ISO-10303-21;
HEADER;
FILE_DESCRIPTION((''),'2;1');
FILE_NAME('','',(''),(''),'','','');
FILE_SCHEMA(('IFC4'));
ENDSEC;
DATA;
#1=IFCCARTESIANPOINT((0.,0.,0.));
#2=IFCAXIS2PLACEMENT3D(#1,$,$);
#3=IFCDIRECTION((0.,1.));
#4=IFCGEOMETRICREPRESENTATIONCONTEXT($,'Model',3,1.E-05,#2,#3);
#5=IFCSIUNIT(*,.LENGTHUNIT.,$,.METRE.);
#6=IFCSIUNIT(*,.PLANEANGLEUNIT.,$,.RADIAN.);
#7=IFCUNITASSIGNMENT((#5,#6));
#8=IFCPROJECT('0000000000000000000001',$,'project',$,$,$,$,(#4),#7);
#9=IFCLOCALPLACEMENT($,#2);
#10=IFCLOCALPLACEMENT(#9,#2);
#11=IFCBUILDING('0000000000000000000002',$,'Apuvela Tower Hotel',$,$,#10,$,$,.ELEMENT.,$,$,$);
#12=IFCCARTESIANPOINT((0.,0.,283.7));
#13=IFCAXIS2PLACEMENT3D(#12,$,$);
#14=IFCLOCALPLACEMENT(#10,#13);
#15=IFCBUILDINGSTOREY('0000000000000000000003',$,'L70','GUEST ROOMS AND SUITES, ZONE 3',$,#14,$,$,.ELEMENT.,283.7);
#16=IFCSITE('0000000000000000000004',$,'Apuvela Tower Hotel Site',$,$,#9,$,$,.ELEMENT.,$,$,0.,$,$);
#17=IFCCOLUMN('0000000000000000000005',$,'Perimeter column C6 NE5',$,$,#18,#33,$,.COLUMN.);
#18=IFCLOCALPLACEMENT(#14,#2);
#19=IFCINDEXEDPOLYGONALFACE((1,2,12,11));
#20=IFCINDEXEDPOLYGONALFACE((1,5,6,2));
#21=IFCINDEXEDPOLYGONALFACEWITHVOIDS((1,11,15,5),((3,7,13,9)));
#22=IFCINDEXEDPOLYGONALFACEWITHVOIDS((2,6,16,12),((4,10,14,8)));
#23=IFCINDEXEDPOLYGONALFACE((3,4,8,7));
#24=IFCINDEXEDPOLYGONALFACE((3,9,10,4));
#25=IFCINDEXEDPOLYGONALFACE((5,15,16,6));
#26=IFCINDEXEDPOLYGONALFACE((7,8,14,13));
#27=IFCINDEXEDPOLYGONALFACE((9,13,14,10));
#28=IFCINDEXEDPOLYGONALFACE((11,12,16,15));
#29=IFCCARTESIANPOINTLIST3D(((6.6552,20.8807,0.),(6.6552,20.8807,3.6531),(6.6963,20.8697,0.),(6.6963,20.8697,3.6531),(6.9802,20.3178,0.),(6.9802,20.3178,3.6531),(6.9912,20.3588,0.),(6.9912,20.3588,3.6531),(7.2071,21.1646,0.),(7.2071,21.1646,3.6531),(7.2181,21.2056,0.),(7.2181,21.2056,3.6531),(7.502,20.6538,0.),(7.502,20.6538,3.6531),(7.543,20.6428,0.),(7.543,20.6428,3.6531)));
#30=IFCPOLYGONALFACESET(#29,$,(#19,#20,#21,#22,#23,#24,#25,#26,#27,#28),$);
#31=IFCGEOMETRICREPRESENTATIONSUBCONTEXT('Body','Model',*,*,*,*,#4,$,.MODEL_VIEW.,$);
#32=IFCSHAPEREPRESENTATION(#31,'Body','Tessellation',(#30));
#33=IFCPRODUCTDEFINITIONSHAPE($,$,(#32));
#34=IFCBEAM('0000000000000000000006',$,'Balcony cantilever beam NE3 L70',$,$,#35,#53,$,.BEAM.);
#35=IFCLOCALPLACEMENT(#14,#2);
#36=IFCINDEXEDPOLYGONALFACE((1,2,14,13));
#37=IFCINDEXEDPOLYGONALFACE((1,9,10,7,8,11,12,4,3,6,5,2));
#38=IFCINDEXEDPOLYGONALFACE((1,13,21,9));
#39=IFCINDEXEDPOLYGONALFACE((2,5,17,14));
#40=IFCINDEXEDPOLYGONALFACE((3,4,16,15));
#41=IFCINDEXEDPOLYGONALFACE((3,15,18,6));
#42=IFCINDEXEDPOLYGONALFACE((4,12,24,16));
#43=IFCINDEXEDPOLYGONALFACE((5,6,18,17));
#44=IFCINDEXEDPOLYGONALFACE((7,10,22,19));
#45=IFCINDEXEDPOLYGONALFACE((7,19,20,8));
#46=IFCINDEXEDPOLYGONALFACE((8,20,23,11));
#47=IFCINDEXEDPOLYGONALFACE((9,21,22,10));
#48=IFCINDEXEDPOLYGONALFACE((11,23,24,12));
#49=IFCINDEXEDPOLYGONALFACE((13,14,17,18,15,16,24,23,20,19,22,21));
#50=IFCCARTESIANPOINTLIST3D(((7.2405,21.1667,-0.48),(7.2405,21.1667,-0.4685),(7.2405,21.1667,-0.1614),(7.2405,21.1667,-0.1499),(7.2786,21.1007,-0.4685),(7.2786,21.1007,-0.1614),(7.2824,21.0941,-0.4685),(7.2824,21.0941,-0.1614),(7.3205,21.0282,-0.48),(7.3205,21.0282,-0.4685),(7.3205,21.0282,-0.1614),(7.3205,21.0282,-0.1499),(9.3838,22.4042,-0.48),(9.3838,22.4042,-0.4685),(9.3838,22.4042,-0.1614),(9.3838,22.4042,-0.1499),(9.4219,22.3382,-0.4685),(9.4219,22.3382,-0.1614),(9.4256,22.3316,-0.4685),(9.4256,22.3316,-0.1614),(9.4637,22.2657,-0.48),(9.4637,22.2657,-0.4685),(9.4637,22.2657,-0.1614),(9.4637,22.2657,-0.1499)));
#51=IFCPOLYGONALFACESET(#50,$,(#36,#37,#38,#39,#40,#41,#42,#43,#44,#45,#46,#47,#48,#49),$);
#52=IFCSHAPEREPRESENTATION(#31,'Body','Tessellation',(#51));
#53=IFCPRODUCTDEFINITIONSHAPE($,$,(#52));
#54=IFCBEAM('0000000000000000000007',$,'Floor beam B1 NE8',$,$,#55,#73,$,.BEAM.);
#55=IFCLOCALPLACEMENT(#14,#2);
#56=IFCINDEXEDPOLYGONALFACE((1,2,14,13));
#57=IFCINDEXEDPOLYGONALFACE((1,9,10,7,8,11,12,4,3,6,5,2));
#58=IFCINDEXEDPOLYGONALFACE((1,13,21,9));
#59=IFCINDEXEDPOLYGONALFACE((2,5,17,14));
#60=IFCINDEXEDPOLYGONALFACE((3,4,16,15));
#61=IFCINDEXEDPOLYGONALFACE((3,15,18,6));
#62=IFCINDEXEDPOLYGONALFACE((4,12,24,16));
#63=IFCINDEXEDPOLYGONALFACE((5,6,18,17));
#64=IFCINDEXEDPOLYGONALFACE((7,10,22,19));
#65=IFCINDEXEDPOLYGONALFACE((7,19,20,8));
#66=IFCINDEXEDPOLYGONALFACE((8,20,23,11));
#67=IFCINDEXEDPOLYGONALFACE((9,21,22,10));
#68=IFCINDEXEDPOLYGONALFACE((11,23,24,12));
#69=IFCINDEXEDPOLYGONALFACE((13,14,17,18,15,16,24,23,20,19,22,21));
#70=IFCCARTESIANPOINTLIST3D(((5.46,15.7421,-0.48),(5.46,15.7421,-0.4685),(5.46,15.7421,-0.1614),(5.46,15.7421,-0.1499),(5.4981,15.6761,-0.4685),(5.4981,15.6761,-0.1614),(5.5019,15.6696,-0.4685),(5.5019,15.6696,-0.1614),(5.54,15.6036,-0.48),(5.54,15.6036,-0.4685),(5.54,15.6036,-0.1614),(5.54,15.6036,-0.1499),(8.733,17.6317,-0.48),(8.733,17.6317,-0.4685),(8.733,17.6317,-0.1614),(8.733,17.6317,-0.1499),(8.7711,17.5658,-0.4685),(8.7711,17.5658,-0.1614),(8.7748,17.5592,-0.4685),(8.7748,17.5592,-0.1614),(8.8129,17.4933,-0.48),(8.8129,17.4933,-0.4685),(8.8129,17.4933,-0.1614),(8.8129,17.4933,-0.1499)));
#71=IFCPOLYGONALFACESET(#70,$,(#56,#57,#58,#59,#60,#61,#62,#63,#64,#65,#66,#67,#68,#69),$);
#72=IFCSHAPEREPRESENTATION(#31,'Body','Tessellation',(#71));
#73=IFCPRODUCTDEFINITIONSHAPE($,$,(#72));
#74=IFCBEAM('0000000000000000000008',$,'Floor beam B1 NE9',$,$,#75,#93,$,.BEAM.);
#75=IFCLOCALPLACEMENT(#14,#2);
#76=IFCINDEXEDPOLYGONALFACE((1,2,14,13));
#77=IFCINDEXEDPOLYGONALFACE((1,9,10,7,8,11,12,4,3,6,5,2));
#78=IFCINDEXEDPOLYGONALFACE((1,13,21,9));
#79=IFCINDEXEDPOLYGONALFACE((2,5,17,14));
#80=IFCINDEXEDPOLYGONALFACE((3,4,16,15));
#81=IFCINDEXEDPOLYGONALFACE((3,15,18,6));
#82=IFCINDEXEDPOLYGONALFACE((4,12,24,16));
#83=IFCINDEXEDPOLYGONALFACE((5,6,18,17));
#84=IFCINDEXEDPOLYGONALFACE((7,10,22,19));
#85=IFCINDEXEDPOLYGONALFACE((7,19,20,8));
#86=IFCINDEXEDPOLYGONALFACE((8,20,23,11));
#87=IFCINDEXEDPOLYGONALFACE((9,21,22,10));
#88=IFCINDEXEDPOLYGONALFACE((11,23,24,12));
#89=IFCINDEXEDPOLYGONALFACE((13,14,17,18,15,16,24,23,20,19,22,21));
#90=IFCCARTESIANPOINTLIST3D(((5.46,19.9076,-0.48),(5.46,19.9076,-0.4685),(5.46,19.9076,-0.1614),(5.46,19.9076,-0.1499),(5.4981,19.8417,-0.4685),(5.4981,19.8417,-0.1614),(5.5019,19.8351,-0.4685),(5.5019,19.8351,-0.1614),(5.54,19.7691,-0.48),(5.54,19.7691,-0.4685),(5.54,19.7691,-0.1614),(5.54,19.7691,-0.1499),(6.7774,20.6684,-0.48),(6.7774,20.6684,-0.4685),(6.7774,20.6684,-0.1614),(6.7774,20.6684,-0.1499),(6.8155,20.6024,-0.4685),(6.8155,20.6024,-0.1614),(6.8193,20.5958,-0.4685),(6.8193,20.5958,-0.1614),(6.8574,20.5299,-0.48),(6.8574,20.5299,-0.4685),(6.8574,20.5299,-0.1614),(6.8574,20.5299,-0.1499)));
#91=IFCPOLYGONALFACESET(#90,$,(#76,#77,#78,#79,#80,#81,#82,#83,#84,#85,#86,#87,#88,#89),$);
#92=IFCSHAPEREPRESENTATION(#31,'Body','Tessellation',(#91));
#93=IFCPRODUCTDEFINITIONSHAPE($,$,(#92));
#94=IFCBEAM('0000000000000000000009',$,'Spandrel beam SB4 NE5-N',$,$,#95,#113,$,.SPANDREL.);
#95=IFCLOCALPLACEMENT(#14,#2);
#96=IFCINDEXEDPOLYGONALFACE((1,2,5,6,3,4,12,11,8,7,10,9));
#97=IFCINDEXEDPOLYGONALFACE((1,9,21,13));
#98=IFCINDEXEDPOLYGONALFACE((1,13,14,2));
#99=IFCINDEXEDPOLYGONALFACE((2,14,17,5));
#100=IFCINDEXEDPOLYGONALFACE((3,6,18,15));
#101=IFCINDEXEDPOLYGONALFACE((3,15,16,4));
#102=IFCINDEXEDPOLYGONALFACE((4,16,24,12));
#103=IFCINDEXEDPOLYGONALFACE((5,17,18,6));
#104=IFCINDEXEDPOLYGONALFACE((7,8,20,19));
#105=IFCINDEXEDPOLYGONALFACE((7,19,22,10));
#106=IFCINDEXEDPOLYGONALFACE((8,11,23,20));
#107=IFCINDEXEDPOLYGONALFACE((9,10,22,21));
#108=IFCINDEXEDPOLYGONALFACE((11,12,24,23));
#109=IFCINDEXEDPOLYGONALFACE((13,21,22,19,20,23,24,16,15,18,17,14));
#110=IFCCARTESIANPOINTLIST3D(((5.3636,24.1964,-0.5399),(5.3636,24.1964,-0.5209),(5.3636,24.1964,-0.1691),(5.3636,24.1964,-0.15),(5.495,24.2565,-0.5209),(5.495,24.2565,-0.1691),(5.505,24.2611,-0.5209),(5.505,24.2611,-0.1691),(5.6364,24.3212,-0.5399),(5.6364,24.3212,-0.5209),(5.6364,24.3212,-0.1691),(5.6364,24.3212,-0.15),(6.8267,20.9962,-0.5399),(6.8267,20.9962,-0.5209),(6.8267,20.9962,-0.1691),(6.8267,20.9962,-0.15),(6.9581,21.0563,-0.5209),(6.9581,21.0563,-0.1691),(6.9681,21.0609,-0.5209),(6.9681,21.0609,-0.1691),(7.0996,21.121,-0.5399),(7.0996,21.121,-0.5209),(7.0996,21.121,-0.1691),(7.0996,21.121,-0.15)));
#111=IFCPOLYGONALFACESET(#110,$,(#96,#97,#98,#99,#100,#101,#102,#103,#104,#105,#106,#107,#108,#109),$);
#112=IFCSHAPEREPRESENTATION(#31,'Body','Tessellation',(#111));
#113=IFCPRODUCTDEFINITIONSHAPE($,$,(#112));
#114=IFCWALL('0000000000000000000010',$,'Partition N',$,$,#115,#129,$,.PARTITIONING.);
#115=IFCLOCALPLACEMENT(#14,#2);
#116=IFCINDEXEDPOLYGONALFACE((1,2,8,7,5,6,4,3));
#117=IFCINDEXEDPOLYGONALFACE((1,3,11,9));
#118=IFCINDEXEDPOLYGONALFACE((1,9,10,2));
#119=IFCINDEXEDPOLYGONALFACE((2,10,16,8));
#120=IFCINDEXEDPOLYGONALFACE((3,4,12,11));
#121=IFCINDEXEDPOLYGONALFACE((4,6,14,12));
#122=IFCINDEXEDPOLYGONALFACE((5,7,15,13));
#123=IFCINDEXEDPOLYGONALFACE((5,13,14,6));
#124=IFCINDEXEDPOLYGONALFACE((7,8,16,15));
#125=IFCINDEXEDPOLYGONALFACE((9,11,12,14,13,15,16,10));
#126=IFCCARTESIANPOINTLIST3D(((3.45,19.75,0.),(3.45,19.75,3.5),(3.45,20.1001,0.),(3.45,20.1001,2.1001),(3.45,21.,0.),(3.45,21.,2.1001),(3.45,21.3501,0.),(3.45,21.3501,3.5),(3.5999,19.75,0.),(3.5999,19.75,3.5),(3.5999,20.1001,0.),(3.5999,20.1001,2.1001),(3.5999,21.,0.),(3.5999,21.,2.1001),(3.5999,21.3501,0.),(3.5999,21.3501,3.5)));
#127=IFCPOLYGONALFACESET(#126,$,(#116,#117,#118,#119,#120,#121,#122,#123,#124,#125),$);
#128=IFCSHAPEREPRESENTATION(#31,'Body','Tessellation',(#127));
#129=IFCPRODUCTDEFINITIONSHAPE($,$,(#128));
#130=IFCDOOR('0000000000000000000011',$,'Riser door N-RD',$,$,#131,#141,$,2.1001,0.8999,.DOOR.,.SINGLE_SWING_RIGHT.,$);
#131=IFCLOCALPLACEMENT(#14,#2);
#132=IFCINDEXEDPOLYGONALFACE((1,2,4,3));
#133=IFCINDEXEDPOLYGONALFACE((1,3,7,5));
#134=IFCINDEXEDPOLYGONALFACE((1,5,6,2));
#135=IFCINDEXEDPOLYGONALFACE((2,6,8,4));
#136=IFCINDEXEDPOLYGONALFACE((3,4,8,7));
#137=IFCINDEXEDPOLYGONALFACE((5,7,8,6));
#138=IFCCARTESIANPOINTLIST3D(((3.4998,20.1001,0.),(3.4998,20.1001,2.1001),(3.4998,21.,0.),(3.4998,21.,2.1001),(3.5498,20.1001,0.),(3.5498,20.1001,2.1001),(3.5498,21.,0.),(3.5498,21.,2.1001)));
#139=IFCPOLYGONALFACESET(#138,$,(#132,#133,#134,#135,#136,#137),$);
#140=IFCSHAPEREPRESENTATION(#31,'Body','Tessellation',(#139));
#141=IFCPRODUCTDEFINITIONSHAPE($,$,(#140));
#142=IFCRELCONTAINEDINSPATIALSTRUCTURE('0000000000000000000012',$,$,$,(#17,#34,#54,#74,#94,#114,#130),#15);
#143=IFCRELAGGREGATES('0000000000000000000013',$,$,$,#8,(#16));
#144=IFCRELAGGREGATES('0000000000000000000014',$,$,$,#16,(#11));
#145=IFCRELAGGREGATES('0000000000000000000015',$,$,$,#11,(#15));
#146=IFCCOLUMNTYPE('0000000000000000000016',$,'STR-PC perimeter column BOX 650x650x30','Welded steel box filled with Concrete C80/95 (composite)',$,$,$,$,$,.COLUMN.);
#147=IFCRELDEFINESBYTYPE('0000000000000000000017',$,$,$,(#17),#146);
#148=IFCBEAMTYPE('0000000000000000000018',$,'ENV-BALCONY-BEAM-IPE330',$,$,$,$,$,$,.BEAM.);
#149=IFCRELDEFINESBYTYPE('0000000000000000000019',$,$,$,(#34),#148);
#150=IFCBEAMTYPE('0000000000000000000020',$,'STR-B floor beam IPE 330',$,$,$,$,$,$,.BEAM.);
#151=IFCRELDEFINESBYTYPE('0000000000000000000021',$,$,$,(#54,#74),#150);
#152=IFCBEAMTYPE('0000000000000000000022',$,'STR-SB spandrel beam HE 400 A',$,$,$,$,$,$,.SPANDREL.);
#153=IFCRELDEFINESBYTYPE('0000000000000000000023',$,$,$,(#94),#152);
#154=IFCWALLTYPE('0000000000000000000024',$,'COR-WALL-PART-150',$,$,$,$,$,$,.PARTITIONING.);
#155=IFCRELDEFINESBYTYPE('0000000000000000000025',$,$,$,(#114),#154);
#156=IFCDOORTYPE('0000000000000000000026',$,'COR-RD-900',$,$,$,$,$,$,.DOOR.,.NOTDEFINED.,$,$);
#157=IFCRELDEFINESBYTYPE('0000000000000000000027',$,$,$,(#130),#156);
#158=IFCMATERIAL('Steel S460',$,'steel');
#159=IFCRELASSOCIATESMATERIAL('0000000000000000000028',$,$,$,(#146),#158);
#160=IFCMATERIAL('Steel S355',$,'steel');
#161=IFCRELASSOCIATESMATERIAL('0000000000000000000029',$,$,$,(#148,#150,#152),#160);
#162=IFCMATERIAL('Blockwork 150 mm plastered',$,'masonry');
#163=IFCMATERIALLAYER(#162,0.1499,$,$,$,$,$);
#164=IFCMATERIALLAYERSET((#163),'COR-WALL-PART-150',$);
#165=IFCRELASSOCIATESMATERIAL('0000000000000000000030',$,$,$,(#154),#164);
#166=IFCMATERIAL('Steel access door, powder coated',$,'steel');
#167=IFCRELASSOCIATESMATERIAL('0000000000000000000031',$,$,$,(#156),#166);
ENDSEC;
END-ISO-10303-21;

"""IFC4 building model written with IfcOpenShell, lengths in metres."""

from ifc_helpers import new_model, si_unit, direction, frame, frame_2d, origin, origin_2d, place, context, subcontext, project, spatial, rectangle, hollow_rectangle, i_section, extrude, boolean, halfspace, material, layer, layer_set, material_profile, profile_set, type_object, element, fill, save


model = new_model("IFC4")

# Units and contexts
model_context = context("Model", 3, precision=1e-05, world=origin(), true_north=direction((0.0, 1.0)))
body_context = subcontext(model_context, "Body", "Model", "MODEL_VIEW")
ifc_project = project(units=[si_unit("LENGTHUNIT", "METRE"), si_unit("PLANEANGLEUNIT", "RADIAN")], contexts=[model_context])

# Site, building, storey
site_placement = place(None, origin())
site = spatial("IfcSite", under=ifc_project, at=site_placement, Name="Apuvela Tower Hotel Site", CompositionType="ELEMENT", RefElevation=0.0)
building_placement = place(site_placement, origin())
building = spatial("IfcBuilding", under=site, at=building_placement, Name="Apuvela Tower Hotel", CompositionType="ELEMENT")
storey_placement = place(building_placement, frame((0.0, 0.0, 283.7)))
storey = spatial("IfcBuildingStorey", under=building, at=storey_placement, Name="L70", Description="GUEST ROOMS AND SUITES, ZONE 3", CompositionType="ELEMENT", Elevation=283.7)

# Column
ifc_material_1 = material(Name="Steel S460", Category="steel")
ifc_material_profile_1 = material_profile(ifc_material_1, hollow_rectangle(XDim=0.6499, YDim=0.6499, WallThickness=0.03, at=origin_2d()), Name="BOX 650x650x30")
ifc_material_2 = material(Name="Concrete C80/95", Category="concrete")
ifc_material_profile_2 = material_profile(ifc_material_2, rectangle(XDim=0.5901, YDim=0.5901, at=origin_2d()), Name="Concrete C80/95 infill")
ifc_profile_set_1 = profile_set([ifc_material_profile_1, ifc_material_profile_2], Name="Steel S460")
column_type = type_object("IfcColumnType", Name="STR-PC perimeter column BOX 650x650x30", Description="Welded steel box filled with Concrete C80/95 (composite)", PredefinedType="COLUMN", material=ifc_profile_set_1)
column_placement = place(storey_placement, frame((7.0991, 20.7617, 0.0), z_axis=(0.0, 0.0, 1.0), x_axis=(-0.5, 0.866025, 0.0)))
element("IfcColumn", 1, at=column_placement, inside=storey, type_object=column_type, Name="Perimeter column C6 NE5", PredefinedType="COLUMN", context=body_context, shape_type="SweptSolid", body=[
    boolean("DIFFERENCE", extrude(hollow_rectangle(XDim=0.6499, YDim=0.6499, WallThickness=0.03, at=origin_2d()), origin(), (0.0, 0.0, 1.0), 3.7), halfspace(frame((0.0, 0.0, 3.6531), z_axis=(0.0, 0.0, 1.0), x_axis=(1.0, 0.0, 0.0)), False)),
])

# Beams
ifc_material_3 = material(Name="Steel S355", Category="steel")
ifc_material_profile_3 = material_profile(ifc_material_3, i_section(OverallWidth=0.1599, OverallDepth=0.3301, WebThickness=0.0076, FlangeThickness=0.0115, at=origin_2d()), Name="IPE 330")
ifc_profile_set_2 = profile_set([ifc_material_profile_3], Name="Steel S355")
beam_type_1 = type_object("IfcBeamType", Name="ENV-BALCONY-BEAM-IPE330", PredefinedType="BEAM", material=ifc_profile_set_2)
beam_1_placement = place(storey_placement, frame((7.2805, 21.0974, -0.3149), z_axis=(0.866007, 0.500033, 0.0), x_axis=(-0.500033, 0.866007, 0.0)))
element("IfcBeam", 2, at=beam_1_placement, inside=storey, type_object=beam_type_1, Name="Balcony cantilever beam NE3 L70", PredefinedType="BEAM", context=body_context, shape_type="SweptSolid", body=[
    extrude(i_section(OverallWidth=0.1599, OverallDepth=0.3301, WebThickness=0.0076, FlangeThickness=0.0115, at=origin_2d()), origin(), (0.0, 0.0, 1.0), 2.4749),
])
ifc_material_profile_4 = material_profile(ifc_material_3, i_section(OverallWidth=0.1599, OverallDepth=0.3301, WebThickness=0.0076, FlangeThickness=0.0115, at=origin_2d()), Name="IPE 330")
ifc_profile_set_3 = profile_set([ifc_material_profile_4], Name="Steel S355")
beam_type_2 = type_object("IfcBeamType", Name="STR-B floor beam IPE 330", PredefinedType="BEAM", material=ifc_profile_set_3)
beam_2_placement = place(storey_placement, frame((8.7729, 17.5625, -0.3149), z_axis=(-0.866024, -0.500002, 0.0), x_axis=(0.500002, -0.866024, 0.0)))
element("IfcBeam", 3, at=beam_2_placement, inside=storey, type_object=beam_type_2, Name="Floor beam B1 NE8", PredefinedType="BEAM", context=body_context, shape_type="SweptSolid", body=[
    extrude(i_section(OverallWidth=0.1599, OverallDepth=0.3301, WebThickness=0.0076, FlangeThickness=0.0115, at=origin_2d()), origin(), (0.0, 0.0, 1.0), 3.7793),
])
beam_3_placement = place(storey_placement, frame((6.8174, 20.5991, -0.3149), z_axis=(-0.865982, -0.500074, 0.0), x_axis=(0.500074, -0.865982, 0.0)))
element("IfcBeam", 4, at=beam_3_placement, inside=storey, type_object=beam_type_2, Name="Floor beam B1 NE9", PredefinedType="BEAM", context=body_context, shape_type="SweptSolid", body=[
    extrude(i_section(OverallWidth=0.1599, OverallDepth=0.3301, WebThickness=0.0076, FlangeThickness=0.0115, at=origin_2d()), origin(), (0.0, 0.0, 1.0), 1.5212),
])
ifc_material_profile_5 = material_profile(ifc_material_3, i_section(OverallWidth=0.3, OverallDepth=0.3899, WebThickness=0.011, FlangeThickness=0.019, at=origin_2d()), Name="HE 400 A")
ifc_profile_set_4 = profile_set([ifc_material_profile_5], Name="Steel S355")
beam_type_3 = type_object("IfcBeamType", Name="STR-SB spandrel beam HE 400 A", PredefinedType="SPANDREL", material=ifc_profile_set_4)
beam_4_placement = place(storey_placement, frame((6.9631, 21.0586, -0.345), z_axis=(-0.415804, 0.909454, 0.0), x_axis=(-0.909454, -0.415804, 0.0)))
element("IfcBeam", 5, at=beam_4_placement, inside=storey, type_object=beam_type_3, Name="Spandrel beam SB4 NE5-N", PredefinedType="SPANDREL", context=body_context, shape_type="SweptSolid", body=[
    extrude(i_section(OverallWidth=0.3, OverallDepth=0.3899, WebThickness=0.011, FlangeThickness=0.019, at=origin_2d()), origin(), (0.0, 0.0, 1.0), 3.5188),
])

# Wall, opening, door
ifc_material_4 = material(Name="Blockwork 150 mm plastered", Category="masonry")
ifc_layer_1 = layer(ifc_material_4, 0.1499)
ifc_layer_set_1 = layer_set([ifc_layer_1], Name="COR-WALL-PART-150")
wall_type_1 = type_object("IfcWallType", Name="COR-WALL-PART-150", PredefinedType="PARTITIONING", material=ifc_layer_set_1)
wall_1_placement = place(storey_placement, frame((3.5249, 19.75, 0.0), z_axis=(0.0, 0.0, 1.0), x_axis=(0.0, 1.0, 0.0)))
wall_1 = element("IfcWall", 6, at=wall_1_placement, inside=storey, type_object=wall_type_1, Name="Partition N", PredefinedType="PARTITIONING", context=body_context, shape_type="SweptSolid", body=[
    extrude(rectangle(XDim=1.6001, YDim=0.1499, at=frame_2d((0.8, 0.0))), origin(), (0.0, 0.0, 1.0), 3.5),
])
opening_1_placement = place(wall_1_placement, frame((0.3501, 0.0, 0.0)))
opening_1 = element("IfcOpeningElement", 7, at=opening_1_placement, cuts=wall_1, PredefinedType="OPENING", context=body_context, shape_type="SweptSolid", body=[
    extrude(rectangle(XDim=0.8999, YDim=2.1001, at=frame_2d((0.45, 1.05))), frame((0.0, 0.085, 0.0), z_axis=(0.0, -1.0, 0.0), x_axis=(1.0, 0.0, 0.0)), (0.0, 0.0, 1.0), 0.1699),
])
ifc_material_5 = material(Name="Steel access door, powder coated", Category="steel")
door_type_1 = type_object("IfcDoorType", Name="COR-RD-900", OperationType="NOTDEFINED", PredefinedType="DOOR", material=ifc_material_5)
door_1_placement = place(opening_1_placement, frame((0.8999, 0.0, 0.0), z_axis=(0.0, 0.0, 1.0), x_axis=(-1.0, 0.0, 0.0)))
door_1 = element("IfcDoor", 8, at=door_1_placement, inside=storey, type_object=door_type_1, Name="Riser door N-RD", OperationType="SINGLE_SWING_RIGHT", OverallHeight=2.1001, OverallWidth=0.8999, PredefinedType="DOOR", context=body_context, shape_type="SweptSolid", body=[
    extrude(rectangle(XDim=0.8999, YDim=2.1001, at=frame_2d((0.45, 1.05))), frame((0.0, 0.0249, 0.0), z_axis=(0.0, -1.0, 0.0), x_axis=(1.0, 0.0, 0.0)), (0.0, 0.0, 1.0), 0.05),
])
fill(opening_1, door_1)

save(model, "model.ifc")
